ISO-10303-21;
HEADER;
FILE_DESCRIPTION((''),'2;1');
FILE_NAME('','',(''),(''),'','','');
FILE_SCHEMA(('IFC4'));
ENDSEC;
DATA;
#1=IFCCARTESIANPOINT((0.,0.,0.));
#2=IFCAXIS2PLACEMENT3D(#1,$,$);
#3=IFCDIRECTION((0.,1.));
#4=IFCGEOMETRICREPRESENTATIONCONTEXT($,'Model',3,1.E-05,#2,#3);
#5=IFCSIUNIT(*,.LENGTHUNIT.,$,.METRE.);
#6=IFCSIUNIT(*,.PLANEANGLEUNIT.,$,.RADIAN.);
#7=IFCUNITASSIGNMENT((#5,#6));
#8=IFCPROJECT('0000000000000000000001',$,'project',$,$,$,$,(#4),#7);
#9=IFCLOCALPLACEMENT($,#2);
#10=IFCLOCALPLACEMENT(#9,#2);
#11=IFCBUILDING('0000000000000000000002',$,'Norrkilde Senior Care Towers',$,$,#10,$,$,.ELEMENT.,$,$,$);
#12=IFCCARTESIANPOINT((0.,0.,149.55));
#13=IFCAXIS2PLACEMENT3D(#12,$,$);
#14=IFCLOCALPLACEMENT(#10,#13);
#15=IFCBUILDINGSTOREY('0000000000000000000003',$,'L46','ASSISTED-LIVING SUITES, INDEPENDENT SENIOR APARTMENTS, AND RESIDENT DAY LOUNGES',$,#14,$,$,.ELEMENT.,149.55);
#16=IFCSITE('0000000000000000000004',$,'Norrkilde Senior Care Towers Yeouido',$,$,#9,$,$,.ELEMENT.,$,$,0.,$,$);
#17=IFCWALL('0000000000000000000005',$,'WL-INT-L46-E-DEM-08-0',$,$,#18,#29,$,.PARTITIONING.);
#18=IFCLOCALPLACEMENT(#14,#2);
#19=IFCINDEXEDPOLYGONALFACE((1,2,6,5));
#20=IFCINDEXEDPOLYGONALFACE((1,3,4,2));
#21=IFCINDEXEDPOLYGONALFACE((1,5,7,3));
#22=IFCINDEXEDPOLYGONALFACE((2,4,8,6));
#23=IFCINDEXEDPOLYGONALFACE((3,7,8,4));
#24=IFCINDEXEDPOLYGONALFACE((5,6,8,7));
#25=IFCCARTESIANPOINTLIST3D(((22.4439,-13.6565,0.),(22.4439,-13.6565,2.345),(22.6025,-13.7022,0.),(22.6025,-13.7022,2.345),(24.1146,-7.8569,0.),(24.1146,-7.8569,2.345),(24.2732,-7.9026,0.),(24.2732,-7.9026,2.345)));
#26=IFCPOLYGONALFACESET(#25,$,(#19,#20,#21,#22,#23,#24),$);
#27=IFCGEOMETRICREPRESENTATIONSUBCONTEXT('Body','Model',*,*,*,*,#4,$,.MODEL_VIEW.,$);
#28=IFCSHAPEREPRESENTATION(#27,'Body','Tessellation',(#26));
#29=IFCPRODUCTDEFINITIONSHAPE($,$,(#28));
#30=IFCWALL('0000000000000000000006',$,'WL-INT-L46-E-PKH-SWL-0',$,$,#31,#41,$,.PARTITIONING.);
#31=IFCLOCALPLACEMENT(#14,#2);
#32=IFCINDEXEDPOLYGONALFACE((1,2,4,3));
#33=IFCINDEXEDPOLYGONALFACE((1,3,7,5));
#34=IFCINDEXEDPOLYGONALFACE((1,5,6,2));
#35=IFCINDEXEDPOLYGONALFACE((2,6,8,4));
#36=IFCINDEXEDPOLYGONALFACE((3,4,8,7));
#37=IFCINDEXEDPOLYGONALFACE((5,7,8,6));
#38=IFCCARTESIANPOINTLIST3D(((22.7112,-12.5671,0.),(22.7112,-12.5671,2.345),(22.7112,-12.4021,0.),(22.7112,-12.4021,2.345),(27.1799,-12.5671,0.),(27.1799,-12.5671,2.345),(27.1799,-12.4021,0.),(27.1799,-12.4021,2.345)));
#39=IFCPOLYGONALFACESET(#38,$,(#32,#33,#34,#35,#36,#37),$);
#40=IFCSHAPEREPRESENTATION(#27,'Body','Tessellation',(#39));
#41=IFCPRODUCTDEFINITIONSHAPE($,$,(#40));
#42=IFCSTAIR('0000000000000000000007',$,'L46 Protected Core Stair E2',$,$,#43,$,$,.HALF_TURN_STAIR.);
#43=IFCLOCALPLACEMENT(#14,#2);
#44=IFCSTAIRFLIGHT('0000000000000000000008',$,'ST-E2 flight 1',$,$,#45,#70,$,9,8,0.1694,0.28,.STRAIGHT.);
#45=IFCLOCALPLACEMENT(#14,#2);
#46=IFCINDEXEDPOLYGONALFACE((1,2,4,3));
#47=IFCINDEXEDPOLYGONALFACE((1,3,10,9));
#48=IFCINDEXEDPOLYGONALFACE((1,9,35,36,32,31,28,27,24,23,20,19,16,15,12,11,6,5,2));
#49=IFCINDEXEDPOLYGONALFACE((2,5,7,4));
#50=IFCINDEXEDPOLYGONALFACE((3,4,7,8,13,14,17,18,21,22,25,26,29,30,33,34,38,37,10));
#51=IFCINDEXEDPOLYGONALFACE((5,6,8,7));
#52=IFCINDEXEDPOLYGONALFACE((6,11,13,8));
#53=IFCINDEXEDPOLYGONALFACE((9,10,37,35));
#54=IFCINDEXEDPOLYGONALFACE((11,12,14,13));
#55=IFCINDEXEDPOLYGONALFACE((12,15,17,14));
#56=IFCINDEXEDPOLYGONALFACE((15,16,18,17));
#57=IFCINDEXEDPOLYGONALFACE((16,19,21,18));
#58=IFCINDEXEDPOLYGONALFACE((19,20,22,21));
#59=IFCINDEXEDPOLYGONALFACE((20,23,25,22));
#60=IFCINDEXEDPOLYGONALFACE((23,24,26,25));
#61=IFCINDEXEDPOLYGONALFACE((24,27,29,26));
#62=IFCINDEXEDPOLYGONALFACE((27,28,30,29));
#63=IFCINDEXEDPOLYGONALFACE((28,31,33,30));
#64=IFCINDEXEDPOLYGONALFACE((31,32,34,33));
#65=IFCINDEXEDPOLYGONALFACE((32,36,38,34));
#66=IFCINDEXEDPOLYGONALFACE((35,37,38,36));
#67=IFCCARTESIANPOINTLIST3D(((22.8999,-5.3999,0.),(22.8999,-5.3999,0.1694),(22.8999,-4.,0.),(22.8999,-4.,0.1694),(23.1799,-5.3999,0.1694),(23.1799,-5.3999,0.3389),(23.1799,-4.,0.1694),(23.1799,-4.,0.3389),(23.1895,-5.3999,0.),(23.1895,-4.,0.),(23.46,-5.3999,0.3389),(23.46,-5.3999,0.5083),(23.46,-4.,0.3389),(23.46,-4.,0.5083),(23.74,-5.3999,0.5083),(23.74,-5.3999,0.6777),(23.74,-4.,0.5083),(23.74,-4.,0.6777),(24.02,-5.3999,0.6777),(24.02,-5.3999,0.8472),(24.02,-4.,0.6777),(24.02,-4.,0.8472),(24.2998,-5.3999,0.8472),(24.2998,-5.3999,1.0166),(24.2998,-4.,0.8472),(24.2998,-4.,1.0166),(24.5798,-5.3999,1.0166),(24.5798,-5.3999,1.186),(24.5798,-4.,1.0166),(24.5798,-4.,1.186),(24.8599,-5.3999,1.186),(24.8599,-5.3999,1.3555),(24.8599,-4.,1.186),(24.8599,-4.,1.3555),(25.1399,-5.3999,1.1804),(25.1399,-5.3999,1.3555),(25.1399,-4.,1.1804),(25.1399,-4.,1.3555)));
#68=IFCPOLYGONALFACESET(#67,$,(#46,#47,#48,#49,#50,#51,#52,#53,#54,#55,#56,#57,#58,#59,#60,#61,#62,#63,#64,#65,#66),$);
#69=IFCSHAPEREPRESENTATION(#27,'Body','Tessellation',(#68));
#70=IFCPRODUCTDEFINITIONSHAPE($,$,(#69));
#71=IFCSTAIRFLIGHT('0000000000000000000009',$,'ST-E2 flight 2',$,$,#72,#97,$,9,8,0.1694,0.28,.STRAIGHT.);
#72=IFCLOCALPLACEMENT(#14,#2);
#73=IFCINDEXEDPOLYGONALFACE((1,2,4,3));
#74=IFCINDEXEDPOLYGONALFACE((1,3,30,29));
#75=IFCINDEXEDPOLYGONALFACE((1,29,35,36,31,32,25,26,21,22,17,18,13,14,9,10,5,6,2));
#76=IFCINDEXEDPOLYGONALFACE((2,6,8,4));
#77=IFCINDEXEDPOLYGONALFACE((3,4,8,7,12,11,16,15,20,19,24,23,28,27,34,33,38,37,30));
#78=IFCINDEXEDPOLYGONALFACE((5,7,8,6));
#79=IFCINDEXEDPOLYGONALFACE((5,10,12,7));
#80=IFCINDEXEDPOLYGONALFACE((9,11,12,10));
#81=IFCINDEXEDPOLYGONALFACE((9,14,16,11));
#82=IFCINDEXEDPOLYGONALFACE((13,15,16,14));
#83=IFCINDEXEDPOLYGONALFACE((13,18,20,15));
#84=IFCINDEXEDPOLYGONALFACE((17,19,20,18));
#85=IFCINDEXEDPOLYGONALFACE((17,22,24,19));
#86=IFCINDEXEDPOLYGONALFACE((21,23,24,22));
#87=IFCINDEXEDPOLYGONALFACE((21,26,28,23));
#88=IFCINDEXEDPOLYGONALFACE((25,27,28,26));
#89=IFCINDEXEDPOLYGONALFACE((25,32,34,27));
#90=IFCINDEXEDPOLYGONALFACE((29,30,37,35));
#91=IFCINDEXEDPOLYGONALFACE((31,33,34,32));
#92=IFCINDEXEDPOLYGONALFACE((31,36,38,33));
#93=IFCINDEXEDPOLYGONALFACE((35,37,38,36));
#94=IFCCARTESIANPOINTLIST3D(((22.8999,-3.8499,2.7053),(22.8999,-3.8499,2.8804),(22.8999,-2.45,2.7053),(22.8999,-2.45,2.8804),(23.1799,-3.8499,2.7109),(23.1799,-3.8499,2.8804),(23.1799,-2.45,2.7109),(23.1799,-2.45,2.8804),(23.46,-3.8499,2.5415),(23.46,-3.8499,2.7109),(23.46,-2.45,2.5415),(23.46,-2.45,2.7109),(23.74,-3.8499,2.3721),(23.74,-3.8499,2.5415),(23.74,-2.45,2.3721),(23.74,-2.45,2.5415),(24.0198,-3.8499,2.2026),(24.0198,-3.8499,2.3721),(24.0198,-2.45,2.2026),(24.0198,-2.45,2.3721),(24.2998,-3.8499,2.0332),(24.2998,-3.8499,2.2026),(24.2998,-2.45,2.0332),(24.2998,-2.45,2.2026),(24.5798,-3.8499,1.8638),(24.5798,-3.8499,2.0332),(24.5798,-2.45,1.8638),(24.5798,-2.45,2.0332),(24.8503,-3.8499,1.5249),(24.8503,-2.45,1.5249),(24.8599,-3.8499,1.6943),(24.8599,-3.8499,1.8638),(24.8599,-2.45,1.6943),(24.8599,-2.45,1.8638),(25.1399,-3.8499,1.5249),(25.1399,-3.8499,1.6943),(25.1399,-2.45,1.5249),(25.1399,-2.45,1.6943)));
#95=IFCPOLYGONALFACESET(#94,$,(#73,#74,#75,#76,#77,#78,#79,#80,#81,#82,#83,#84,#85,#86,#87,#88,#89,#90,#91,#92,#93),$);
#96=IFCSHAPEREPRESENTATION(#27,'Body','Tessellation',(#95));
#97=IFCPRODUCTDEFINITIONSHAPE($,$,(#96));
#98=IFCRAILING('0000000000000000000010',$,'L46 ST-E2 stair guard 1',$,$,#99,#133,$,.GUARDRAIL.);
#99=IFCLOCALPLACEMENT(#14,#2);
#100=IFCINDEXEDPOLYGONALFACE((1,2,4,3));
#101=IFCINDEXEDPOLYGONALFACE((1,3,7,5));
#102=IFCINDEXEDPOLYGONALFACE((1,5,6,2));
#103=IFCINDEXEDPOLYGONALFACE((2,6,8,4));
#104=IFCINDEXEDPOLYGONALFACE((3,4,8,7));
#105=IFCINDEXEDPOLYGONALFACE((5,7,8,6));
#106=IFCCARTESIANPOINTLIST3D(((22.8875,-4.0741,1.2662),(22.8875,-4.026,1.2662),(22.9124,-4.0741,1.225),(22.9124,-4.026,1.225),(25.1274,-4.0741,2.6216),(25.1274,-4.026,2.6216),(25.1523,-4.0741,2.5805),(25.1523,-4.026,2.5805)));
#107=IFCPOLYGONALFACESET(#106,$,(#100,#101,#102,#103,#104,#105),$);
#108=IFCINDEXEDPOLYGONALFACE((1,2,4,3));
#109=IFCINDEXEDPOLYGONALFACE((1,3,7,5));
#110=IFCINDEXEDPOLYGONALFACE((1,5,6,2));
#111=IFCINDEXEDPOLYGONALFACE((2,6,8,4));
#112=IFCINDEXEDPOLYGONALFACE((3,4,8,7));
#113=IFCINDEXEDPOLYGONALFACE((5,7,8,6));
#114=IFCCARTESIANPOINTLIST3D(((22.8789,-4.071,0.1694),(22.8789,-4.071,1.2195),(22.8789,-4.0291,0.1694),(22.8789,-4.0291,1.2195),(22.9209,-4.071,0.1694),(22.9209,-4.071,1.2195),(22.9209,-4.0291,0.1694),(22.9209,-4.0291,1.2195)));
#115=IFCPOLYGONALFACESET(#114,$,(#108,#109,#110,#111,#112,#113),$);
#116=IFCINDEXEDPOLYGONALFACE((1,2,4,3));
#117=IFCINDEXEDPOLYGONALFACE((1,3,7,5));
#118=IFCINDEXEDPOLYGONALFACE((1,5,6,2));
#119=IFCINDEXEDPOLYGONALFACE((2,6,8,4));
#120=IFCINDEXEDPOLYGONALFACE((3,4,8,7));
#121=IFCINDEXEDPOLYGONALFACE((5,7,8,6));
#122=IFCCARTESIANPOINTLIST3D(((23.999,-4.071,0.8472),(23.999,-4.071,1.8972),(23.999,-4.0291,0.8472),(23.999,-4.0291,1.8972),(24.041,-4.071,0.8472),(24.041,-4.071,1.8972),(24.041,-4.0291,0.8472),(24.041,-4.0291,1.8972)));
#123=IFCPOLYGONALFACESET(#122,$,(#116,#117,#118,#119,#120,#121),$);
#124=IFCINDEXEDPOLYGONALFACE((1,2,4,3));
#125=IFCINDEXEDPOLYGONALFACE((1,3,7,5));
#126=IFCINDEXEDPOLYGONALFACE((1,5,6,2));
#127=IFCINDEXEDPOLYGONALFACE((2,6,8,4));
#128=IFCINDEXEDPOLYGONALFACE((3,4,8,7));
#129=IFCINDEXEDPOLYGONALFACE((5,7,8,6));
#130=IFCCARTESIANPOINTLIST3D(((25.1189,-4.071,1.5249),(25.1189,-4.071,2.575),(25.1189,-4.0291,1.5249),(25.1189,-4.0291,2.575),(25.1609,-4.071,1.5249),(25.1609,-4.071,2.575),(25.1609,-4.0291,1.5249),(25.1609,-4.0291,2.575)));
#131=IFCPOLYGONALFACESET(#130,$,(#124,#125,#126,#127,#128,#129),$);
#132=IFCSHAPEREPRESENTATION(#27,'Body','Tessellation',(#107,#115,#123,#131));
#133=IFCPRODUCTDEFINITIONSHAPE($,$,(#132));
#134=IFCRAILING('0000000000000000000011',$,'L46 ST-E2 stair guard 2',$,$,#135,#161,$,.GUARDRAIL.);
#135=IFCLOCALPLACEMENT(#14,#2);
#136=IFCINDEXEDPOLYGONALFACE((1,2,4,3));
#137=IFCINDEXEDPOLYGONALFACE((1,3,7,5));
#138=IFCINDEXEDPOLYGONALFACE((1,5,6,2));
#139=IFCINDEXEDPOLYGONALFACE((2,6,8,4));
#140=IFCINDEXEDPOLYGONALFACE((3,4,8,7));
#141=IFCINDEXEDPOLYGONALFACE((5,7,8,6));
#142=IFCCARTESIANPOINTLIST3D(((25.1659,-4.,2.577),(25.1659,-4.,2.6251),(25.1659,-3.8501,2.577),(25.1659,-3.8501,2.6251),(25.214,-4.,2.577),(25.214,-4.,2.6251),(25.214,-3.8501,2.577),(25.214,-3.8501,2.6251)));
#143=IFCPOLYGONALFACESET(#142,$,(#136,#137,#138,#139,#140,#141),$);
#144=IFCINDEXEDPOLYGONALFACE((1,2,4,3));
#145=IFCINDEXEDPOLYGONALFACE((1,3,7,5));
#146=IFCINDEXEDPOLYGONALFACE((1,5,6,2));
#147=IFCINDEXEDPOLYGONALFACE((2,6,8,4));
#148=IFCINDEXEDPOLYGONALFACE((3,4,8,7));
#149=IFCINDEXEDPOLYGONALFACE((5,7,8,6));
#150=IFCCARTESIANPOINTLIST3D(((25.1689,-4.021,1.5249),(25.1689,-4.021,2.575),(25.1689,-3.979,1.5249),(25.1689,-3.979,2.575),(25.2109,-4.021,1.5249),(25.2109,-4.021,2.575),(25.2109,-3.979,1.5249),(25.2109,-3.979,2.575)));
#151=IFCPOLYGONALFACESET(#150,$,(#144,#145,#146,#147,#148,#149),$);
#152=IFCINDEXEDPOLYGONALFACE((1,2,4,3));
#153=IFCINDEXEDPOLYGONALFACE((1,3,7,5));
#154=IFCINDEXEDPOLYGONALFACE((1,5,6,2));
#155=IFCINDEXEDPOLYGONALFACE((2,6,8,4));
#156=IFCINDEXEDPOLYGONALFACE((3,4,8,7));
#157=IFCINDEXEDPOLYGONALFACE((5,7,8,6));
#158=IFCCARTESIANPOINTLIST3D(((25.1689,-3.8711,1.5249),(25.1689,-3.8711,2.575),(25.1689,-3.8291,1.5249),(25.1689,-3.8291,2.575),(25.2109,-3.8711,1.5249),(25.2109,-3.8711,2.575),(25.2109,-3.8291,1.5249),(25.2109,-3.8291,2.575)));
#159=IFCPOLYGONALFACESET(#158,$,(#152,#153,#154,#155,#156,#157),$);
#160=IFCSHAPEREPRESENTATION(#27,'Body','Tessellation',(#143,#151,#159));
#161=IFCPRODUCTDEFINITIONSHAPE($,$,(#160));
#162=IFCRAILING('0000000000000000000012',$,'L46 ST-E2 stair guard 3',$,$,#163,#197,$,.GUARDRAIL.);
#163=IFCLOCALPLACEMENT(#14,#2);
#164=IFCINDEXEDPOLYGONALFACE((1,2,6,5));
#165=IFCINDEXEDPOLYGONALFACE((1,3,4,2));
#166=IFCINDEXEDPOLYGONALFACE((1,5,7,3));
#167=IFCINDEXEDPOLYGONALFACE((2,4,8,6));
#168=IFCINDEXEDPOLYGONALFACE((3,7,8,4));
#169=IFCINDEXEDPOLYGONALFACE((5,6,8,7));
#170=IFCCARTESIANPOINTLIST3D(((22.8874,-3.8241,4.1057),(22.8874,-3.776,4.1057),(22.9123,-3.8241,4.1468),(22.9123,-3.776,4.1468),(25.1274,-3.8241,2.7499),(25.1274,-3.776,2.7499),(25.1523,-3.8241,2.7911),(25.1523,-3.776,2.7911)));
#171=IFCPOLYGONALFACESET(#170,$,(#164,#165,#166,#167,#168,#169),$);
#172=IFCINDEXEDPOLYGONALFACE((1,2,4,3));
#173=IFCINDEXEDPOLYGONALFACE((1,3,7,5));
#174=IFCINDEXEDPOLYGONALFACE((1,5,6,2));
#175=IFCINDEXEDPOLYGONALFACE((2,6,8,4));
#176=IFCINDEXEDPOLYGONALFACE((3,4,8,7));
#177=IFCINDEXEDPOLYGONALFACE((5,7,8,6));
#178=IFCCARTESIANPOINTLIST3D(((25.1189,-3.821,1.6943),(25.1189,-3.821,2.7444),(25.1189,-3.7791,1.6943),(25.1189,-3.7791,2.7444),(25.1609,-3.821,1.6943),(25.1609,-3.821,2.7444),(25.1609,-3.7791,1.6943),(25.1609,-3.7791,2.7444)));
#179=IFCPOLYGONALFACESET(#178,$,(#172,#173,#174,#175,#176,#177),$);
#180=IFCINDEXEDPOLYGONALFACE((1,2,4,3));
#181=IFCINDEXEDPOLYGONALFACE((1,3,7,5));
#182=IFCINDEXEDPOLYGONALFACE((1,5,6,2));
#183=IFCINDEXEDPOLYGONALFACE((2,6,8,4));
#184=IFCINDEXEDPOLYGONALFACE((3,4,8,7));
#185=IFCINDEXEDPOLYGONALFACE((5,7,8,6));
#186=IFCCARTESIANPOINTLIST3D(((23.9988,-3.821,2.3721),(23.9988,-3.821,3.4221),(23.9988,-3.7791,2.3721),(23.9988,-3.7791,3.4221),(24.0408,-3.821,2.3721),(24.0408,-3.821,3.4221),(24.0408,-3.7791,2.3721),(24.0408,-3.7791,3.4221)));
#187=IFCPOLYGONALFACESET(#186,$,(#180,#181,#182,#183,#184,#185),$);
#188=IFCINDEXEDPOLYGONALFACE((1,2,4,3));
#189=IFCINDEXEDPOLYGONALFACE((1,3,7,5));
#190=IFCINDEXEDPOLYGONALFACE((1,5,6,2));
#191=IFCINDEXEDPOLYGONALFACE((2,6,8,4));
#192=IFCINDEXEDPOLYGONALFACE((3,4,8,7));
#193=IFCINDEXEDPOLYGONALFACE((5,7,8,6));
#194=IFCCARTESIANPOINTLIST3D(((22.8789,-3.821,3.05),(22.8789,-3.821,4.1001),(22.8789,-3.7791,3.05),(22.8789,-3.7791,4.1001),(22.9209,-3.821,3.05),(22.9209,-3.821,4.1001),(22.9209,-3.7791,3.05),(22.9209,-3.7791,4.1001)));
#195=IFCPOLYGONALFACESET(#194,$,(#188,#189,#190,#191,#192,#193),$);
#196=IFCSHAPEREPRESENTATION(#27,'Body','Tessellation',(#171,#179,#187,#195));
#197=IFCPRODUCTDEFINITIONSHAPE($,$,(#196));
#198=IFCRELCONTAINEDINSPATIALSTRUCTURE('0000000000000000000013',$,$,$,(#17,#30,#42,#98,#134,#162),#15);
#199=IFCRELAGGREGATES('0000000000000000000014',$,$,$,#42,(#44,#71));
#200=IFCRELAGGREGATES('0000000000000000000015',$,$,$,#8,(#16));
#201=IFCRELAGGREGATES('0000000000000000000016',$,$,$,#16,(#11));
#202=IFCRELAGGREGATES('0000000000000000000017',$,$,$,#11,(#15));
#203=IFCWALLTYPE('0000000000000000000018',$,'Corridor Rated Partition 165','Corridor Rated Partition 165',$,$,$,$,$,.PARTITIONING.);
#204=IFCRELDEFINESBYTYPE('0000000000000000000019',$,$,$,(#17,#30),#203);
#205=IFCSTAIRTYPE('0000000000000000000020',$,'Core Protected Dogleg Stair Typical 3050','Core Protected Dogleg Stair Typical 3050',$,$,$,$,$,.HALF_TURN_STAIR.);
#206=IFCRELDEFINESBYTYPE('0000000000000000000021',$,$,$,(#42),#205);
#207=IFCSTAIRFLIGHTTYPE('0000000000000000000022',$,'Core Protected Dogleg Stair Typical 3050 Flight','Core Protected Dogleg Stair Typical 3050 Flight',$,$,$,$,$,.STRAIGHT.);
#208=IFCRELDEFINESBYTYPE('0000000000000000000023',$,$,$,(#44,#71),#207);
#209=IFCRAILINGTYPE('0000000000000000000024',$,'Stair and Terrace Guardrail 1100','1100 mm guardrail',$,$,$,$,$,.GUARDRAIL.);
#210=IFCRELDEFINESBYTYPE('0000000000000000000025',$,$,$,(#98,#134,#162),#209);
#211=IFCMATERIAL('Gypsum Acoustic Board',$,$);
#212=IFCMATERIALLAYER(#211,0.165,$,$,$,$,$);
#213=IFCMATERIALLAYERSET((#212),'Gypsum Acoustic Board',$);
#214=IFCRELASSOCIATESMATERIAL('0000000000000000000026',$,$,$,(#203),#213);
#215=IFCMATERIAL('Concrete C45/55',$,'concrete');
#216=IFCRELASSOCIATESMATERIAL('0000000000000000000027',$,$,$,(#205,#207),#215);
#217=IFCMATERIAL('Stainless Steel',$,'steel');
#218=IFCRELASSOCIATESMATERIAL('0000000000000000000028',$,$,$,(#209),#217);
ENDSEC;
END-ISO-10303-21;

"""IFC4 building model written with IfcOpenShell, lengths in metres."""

from ifc_helpers import new_model, si_unit, direction, frame, frame_2d, origin, origin_2d, place, context, subcontext, project, spatial, polyline, rectangle, outline, extrude, source, transform, mapped, material, layer, layer_set, type_object, element, aggregate, save


model = new_model("IFC4")

# Units and contexts
model_context = context("Model", 3, precision=1e-05, world=origin(), true_north=direction((0.0, 1.0)))
body_context = subcontext(model_context, "Body", "Model", "MODEL_VIEW")
ifc_project = project(units=[si_unit("LENGTHUNIT", "METRE"), si_unit("PLANEANGLEUNIT", "RADIAN")], contexts=[model_context])

# Site, building, storey
site_placement = place(None, origin())
site = spatial("IfcSite", under=ifc_project, at=site_placement, Name="Norrkilde Senior Care Towers Yeouido", CompositionType="ELEMENT", RefElevation=0.0)
building_placement = place(site_placement, origin())
building = spatial("IfcBuilding", under=site, at=building_placement, Name="Norrkilde Senior Care Towers", CompositionType="ELEMENT")
storey_placement = place(building_placement, frame((0.0, 0.0, 149.55)))
storey = spatial("IfcBuildingStorey", under=building, at=storey_placement, Name="L46", Description="ASSISTED-LIVING SUITES, INDEPENDENT SENIOR APARTMENTS, AND RESIDENT DAY LOUNGES", CompositionType="ELEMENT", Elevation=149.55)

# Shared definitions
ifc_material_1 = material(Name="Concrete C45/55", Category="concrete")

# Walls
ifc_material_2 = material(Name="Gypsum Acoustic Board")
ifc_layer_1 = layer(ifc_material_2, 0.165)
ifc_layer_set_1 = layer_set([ifc_layer_1], Name="Gypsum Acoustic Board")
wall_type_1 = type_object("IfcWallType", Name="Corridor Rated Partition 165", Description="Corridor Rated Partition 165", PredefinedType="PARTITIONING", material=ifc_layer_set_1)
shared_shape_1 = source(origin(), body_context, "Body", "SweptSolid", [
    extrude(rectangle(XDim=6.0354, YDim=0.165, at=frame_2d((3.0176, 0.0))), origin(), (0.0, 0.0, 1.0), 2.345),
])
wall_1_placement = place(storey_placement, frame((24.1938, -7.8799, 0.0), z_axis=(0.0, 0.0, 1.0), x_axis=(-0.276809, -0.960925, 0.0)))
element("IfcWall", 1, at=wall_1_placement, inside=storey, type_object=wall_type_1, Name="WL-INT-L46-E-DEM-08-0", PredefinedType="PARTITIONING", context=body_context, shape_type="MappedRepresentation", body=[
    mapped(shared_shape_1, transform((0.0, 0.0, 0.0), x_axis=(1.0, 0.0, 0.0), y_axis=(0.0, 1.0, 0.0), z_axis=(0.0, 0.0, 1.0), scale=1.0)),
])
shared_shape_2 = source(origin(), body_context, "Body", "SweptSolid", [
    extrude(rectangle(XDim=4.4688, YDim=0.165, at=frame_2d((2.2344, 0.0))), origin(), (0.0, 0.0, 1.0), 2.345),
])
wall_2_placement = place(storey_placement, frame((22.7112, -12.4846, 0.0), z_axis=(0.0, 0.0, 1.0), x_axis=(1.0, 0.0, 0.0)))
element("IfcWall", 2, at=wall_2_placement, inside=storey, type_object=wall_type_1, Name="WL-INT-L46-E-PKH-SWL-0", PredefinedType="PARTITIONING", context=body_context, shape_type="MappedRepresentation", body=[
    mapped(shared_shape_2, transform((0.0, 0.0, 0.0), x_axis=(1.0, 0.0, 0.0), y_axis=(0.0, 1.0, 0.0), z_axis=(0.0, 0.0, 1.0), scale=1.0)),
])

# Stair, stair flights
stair_type = type_object("IfcStairType", Name="Core Protected Dogleg Stair Typical 3050", Description="Core Protected Dogleg Stair Typical 3050", PredefinedType="HALF_TURN_STAIR", material=ifc_material_1)
stair_placement = place(storey_placement, origin())
stair = element("IfcStair", 3, at=stair_placement, inside=storey, type_object=stair_type, Name="L46 Protected Core Stair E2", PredefinedType="HALF_TURN_STAIR")
stair_flight_type = type_object("IfcStairFlightType", Name="Core Protected Dogleg Stair Typical 3050 Flight", Description="Core Protected Dogleg Stair Typical 3050 Flight", PredefinedType="STRAIGHT", material=ifc_material_1)
stair_flight_1_placement = place(storey_placement, frame((22.8999, -4.7, 0.0), z_axis=(0.0, 0.0, 1.0), x_axis=(1.0, 0.0, 0.0)))
stair_flight_1 = element("IfcStairFlight", 4, at=stair_flight_1_placement, type_object=stair_flight_type, Name="ST-E2 flight 1", NumberOfRisers=9, NumberOfTreads=8, PredefinedType="STRAIGHT", RiserHeight=0.1694, TreadLength=0.28, context=body_context, shape_type="SweptSolid", body=[
    extrude(outline(polyline([(0.0, 0.0), (0.0, 0.1694), (0.28, 0.1694), (0.28, 0.3389), (0.5601, 0.3389), (0.5601, 0.5083), (0.8401, 0.5083), (0.8401, 0.6777), (1.1201, 0.6777), (1.1201, 0.8472), (1.3999, 0.8472), (1.3999, 1.0166), (1.6799, 1.0166), (1.6799, 1.186), (1.96, 1.186), (1.96, 1.3555), (2.24, 1.3555), (2.24, 1.5249), (2.24, 1.1804), (0.2896, 0.0), (0.0, 0.0)])), frame((0.0, 0.7, 0.0), z_axis=(0.0, -1.0, 0.0), x_axis=(1.0, 0.0, 0.0)), (0.0, 0.0, 1.0), 1.3999),
])
stair_flight_2_placement = place(storey_placement, frame((25.1399, -3.1499, 1.5249), z_axis=(0.0, 0.0, 1.0), x_axis=(-1.0, 0.0, 0.0)))
stair_flight_2 = element("IfcStairFlight", 5, at=stair_flight_2_placement, type_object=stair_flight_type, Name="ST-E2 flight 2", NumberOfRisers=9, NumberOfTreads=8, PredefinedType="STRAIGHT", RiserHeight=0.1694, TreadLength=0.28, context=body_context, shape_type="SweptSolid", body=[
    extrude(outline(polyline([(0.0, 0.0), (0.0, 0.1694), (0.28, 0.1694), (0.28, 0.3389), (0.5601, 0.3389), (0.5601, 0.5083), (0.8401, 0.5083), (0.8401, 0.6777), (1.1201, 0.6777), (1.1201, 0.8472), (1.3999, 0.8472), (1.3999, 1.0166), (1.6799, 1.0166), (1.6799, 1.186), (1.96, 1.186), (1.96, 1.3555), (2.24, 1.3555), (2.24, 1.5249), (2.24, 1.1804), (0.2896, 0.0), (0.0, 0.0)])), frame((0.0, 0.7, 0.0), z_axis=(0.0, -1.0, 0.0), x_axis=(1.0, 0.0, 0.0)), (0.0, 0.0, 1.0), 1.3999),
])
aggregate(stair, [stair_flight_1, stair_flight_2])

# Railings
ifc_material_3 = material(Name="Stainless Steel", Category="steel")
railing_type_1 = type_object("IfcRailingType", Name="Stair and Terrace Guardrail 1100", Description="1100 mm guardrail", PredefinedType="GUARDRAIL", material=ifc_material_3)
railing_1_placement = place(storey_placement, frame((22.8999, -4.05, 0.1694)))
element("IfcRailing", 6, at=railing_1_placement, inside=storey, type_object=railing_type_1, Name="L46 ST-E2 stair guard 1", PredefinedType="GUARDRAIL", context=body_context, shape_type="SweptSolid", body=[
    extrude(rectangle(XDim=0.0481, YDim=0.0481, at=origin_2d()), frame((0.0, 0.0, 1.0762), z_axis=(0.855553, 0.0, 0.517715), x_axis=(0.0, 1.0, 0.0)), (0.0, 0.0, 1.0), 2.6182),
    extrude(rectangle(XDim=0.042, YDim=0.042, at=origin_2d()), origin(), (0.0, 0.0, 1.0), 1.05),
    extrude(rectangle(XDim=0.042, YDim=0.042, at=origin_2d()), frame((1.1201, 0.0, 0.6777)), (0.0, 0.0, 1.0), 1.05),
    extrude(rectangle(XDim=0.042, YDim=0.042, at=origin_2d()), frame((2.24, 0.0, 1.3555)), (0.0, 0.0, 1.0), 1.05),
])
railing_2_placement = place(storey_placement, frame((25.1899, -4.0, 1.5249)))
element("IfcRailing", 7, at=railing_2_placement, inside=storey, type_object=railing_type_1, Name="L46 ST-E2 stair guard 2", PredefinedType="GUARDRAIL", context=body_context, shape_type="SweptSolid", body=[
    extrude(rectangle(XDim=0.0481, YDim=0.0481, at=origin_2d()), frame((0.0, 0.0, 1.0762), z_axis=(0.0, 1.0, 0.0), x_axis=(-1.0, 0.0, 0.0)), (0.0, 0.0, 1.0), 0.1499),
    extrude(rectangle(XDim=0.042, YDim=0.042, at=origin_2d()), origin(), (0.0, 0.0, 1.0), 1.05),
    extrude(rectangle(XDim=0.042, YDim=0.042, at=origin_2d()), frame((0.0, 0.1499, 0.0)), (0.0, 0.0, 1.0), 1.05),
])
railing_3_placement = place(storey_placement, frame((25.1399, -3.8, 1.6943)))
element("IfcRailing", 8, at=railing_3_placement, inside=storey, type_object=railing_type_1, Name="L46 ST-E2 stair guard 3", PredefinedType="GUARDRAIL", context=body_context, shape_type="SweptSolid", body=[
    extrude(rectangle(XDim=0.0481, YDim=0.0481, at=origin_2d()), frame((0.0, 0.0, 1.0762), z_axis=(-0.855512, 0.0, 0.517783), x_axis=(0.0, -1.0, 0.0)), (0.0, 0.0, 1.0), 2.6184),
    extrude(rectangle(XDim=0.042, YDim=0.042, at=origin_2d()), origin(), (0.0, 0.0, 1.0), 1.05),
    extrude(rectangle(XDim=0.042, YDim=0.042, at=origin_2d()), frame((-1.1201, 0.0, 0.6777)), (0.0, 0.0, 1.0), 1.05),
    extrude(rectangle(XDim=0.042, YDim=0.042, at=origin_2d()), frame((-2.24, 0.0, 1.3557)), (0.0, 0.0, 1.0), 1.05),
])

save(model, "model.ifc")
